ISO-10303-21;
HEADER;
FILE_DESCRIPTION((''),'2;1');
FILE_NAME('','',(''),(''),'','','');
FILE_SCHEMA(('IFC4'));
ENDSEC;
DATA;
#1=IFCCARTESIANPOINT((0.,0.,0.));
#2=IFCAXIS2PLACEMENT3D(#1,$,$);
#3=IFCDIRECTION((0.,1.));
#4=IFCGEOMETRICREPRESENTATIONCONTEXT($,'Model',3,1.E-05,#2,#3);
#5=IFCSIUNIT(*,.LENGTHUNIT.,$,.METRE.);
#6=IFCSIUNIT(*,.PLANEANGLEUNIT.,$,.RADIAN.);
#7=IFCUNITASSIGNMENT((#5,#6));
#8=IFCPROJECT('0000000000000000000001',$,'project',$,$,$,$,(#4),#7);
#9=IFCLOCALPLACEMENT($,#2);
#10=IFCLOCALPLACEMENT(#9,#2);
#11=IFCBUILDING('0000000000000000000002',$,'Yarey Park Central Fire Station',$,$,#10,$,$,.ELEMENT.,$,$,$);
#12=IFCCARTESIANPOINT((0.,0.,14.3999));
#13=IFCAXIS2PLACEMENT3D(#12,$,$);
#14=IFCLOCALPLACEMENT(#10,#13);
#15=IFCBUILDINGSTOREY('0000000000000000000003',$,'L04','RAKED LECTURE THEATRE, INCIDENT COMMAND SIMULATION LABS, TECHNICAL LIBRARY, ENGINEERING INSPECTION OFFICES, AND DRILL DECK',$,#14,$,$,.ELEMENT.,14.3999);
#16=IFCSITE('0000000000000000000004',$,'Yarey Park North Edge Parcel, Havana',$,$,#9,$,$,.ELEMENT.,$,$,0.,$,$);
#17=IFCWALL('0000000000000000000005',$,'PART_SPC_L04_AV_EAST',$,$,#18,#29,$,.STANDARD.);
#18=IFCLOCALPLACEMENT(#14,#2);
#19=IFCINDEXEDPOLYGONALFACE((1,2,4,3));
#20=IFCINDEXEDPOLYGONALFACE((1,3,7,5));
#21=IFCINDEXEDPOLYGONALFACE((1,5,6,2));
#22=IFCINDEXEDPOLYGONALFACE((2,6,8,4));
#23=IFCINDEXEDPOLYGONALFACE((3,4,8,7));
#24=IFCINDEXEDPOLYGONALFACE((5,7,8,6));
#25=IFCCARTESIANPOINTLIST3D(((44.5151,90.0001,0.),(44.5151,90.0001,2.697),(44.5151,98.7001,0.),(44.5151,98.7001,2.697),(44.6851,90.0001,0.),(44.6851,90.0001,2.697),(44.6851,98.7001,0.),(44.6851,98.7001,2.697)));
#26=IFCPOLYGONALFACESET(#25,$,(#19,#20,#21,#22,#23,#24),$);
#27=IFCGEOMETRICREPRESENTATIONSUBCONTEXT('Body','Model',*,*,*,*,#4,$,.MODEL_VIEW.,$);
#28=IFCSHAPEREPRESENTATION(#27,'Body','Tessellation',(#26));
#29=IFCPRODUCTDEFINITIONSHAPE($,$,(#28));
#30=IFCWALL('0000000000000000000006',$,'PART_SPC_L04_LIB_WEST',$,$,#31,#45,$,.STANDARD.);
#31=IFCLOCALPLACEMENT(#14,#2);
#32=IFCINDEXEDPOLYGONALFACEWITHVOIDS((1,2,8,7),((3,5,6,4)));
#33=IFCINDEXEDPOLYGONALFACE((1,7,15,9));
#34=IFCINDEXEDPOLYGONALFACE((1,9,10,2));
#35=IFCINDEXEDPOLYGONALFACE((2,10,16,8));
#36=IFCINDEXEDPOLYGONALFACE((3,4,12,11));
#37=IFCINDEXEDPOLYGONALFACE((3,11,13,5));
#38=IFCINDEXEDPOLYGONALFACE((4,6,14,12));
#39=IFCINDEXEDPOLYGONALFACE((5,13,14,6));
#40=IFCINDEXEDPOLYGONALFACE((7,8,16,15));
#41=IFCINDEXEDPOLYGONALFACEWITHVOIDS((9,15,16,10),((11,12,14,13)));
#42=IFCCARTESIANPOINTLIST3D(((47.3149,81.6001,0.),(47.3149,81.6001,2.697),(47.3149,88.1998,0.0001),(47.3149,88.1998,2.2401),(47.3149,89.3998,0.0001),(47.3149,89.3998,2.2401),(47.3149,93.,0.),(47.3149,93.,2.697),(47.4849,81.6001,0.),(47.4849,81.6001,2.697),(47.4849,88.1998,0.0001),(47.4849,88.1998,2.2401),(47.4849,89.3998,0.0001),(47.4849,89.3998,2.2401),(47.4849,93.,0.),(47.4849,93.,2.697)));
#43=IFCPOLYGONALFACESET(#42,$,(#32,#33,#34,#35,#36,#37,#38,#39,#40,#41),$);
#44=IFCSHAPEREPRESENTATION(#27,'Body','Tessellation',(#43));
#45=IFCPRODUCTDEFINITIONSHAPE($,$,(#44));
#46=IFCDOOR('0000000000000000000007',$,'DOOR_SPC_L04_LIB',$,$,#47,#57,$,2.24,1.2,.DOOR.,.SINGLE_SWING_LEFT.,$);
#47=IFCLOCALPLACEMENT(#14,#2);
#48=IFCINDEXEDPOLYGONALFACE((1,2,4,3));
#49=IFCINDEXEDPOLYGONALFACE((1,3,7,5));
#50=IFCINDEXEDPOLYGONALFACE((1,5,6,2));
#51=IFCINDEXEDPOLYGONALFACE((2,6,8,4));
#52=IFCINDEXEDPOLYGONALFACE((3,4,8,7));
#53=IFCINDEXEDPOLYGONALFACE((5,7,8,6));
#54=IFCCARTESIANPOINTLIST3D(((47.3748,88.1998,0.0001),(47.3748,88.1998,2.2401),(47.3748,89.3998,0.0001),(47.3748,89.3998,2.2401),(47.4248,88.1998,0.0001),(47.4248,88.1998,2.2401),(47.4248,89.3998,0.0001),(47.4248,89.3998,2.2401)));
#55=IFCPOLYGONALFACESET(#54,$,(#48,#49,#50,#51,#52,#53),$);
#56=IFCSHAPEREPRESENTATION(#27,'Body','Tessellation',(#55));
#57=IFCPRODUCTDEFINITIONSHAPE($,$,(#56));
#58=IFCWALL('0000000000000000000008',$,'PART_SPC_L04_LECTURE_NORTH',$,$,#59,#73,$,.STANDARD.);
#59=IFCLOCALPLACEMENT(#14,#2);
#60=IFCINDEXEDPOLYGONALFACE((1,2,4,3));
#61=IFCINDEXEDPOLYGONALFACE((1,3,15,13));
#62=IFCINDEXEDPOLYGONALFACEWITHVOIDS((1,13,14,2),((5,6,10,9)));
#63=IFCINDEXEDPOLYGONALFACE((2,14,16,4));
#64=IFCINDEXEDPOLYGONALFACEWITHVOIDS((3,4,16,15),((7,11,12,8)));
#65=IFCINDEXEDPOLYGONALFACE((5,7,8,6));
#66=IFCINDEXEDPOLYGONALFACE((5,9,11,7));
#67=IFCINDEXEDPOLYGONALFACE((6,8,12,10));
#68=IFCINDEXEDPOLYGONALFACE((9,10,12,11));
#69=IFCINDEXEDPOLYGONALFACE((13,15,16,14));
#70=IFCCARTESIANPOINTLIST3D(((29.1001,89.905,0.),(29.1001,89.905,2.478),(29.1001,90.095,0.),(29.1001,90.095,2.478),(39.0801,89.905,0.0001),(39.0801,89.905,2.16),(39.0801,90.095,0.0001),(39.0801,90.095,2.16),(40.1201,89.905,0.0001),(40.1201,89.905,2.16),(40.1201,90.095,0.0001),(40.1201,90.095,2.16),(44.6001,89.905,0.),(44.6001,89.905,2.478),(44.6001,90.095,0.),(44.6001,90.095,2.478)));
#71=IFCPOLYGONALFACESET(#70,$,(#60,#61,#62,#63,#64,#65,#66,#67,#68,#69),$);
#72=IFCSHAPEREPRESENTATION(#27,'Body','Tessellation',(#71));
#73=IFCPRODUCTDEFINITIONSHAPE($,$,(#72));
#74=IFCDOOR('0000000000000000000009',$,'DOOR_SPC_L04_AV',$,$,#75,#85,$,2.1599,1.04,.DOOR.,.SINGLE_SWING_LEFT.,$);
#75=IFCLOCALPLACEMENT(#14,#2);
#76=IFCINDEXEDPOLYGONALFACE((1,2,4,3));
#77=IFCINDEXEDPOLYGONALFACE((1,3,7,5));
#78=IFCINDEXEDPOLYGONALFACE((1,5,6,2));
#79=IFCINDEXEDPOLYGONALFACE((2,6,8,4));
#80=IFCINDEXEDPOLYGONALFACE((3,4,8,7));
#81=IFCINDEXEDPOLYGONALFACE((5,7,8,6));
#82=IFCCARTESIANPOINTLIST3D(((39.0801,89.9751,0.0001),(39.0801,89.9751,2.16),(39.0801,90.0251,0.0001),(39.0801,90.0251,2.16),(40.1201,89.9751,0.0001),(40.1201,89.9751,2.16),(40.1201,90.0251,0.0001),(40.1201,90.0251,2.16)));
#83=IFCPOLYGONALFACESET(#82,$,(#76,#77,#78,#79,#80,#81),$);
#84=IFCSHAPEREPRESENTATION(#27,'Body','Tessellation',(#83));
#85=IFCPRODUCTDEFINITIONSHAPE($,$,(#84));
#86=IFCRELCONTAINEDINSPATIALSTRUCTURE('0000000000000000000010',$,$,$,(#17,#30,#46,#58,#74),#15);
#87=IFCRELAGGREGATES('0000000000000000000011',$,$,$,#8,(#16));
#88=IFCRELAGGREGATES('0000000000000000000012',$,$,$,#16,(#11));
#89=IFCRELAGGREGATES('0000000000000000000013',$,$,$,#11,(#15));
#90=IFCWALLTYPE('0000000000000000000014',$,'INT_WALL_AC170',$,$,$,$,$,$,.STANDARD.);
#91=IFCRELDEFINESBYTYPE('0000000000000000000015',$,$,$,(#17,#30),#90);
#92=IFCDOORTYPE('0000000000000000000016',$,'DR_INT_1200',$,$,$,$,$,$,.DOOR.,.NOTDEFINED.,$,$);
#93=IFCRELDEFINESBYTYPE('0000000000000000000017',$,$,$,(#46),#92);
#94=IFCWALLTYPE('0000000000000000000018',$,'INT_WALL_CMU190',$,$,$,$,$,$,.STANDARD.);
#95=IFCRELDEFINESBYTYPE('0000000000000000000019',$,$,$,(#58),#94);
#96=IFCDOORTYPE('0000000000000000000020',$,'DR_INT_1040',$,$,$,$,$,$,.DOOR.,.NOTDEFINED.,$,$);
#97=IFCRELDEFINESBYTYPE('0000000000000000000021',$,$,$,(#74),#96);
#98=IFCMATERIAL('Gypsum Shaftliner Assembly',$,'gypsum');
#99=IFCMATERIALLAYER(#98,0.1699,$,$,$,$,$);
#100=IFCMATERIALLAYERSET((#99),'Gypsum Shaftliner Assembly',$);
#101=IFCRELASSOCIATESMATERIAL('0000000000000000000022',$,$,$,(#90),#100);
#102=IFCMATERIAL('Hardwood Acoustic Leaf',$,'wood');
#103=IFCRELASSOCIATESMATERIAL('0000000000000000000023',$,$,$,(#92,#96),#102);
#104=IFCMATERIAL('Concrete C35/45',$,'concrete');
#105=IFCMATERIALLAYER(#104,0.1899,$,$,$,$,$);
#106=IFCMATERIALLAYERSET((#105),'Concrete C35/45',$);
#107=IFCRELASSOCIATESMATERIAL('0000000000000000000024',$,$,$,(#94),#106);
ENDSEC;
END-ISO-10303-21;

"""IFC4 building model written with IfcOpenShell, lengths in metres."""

from ifc_helpers import new_model, si_unit, direction, frame, frame_2d, origin, place, context, subcontext, project, spatial, rectangle, extrude, material, layer, layer_set, type_object, element, fill, save


model = new_model("IFC4")

# Units and contexts
model_context = context("Model", 3, precision=1e-05, world=origin(), true_north=direction((0.0, 1.0)))
body_context = subcontext(model_context, "Body", "Model", "MODEL_VIEW")
ifc_project = project(units=[si_unit("LENGTHUNIT", "METRE"), si_unit("PLANEANGLEUNIT", "RADIAN")], contexts=[model_context])

# Site, building, storey
site_placement = place(None, origin())
site = spatial("IfcSite", under=ifc_project, at=site_placement, Name="Yarey Park North Edge Parcel, Havana", CompositionType="ELEMENT", RefElevation=0.0)
building_placement = place(site_placement, origin())
building = spatial("IfcBuilding", under=site, at=building_placement, Name="Yarey Park Central Fire Station", CompositionType="ELEMENT")
storey_placement = place(building_placement, frame((0.0, 0.0, 14.3999)))
storey = spatial("IfcBuildingStorey", under=building, at=storey_placement, Name="L04", Description="RAKED LECTURE THEATRE, INCIDENT COMMAND SIMULATION LABS, TECHNICAL LIBRARY, ENGINEERING INSPECTION OFFICES, AND DRILL DECK", CompositionType="ELEMENT", Elevation=14.3999)

# Wall
ifc_material_1 = material(Name="Gypsum Shaftliner Assembly", Category="gypsum")
ifc_layer_1 = layer(ifc_material_1, 0.1699)
ifc_layer_set_1 = layer_set([ifc_layer_1], Name="Gypsum Shaftliner Assembly")
wall_type_1 = type_object("IfcWallType", Name="INT_WALL_AC170", PredefinedType="STANDARD", material=ifc_layer_set_1)
wall_1_placement = place(storey_placement, frame((44.6001, 90.0, 0.0), z_axis=(0.0, 0.0, 1.0), x_axis=(0.0, 1.0, 0.0)))
element("IfcWall", 1, at=wall_1_placement, inside=storey, type_object=wall_type_1, Name="PART_SPC_L04_AV_EAST", PredefinedType="STANDARD", context=body_context, shape_type="SweptSolid", body=[
    extrude(rectangle(XDim=8.7, YDim=0.1699, at=frame_2d((4.3501, 0.0))), origin(), (0.0, 0.0, 1.0), 2.697),
])

# Walls, openings, doors
wall_2_placement = place(storey_placement, frame((47.3999, 93.0, 0.0), z_axis=(0.0, 0.0, 1.0), x_axis=(0.0, -1.0, 0.0)))
wall_2 = element("IfcWall", 2, at=wall_2_placement, inside=storey, type_object=wall_type_1, Name="PART_SPC_L04_LIB_WEST", PredefinedType="STANDARD", context=body_context, shape_type="SweptSolid", body=[
    extrude(rectangle(XDim=11.3999, YDim=0.1699, at=frame_2d((5.7, 0.0))), origin(), (0.0, 0.0, 1.0), 2.697),
])
opening_1_placement = place(wall_2_placement, frame((3.6001, 0.0, 0.0)))
opening_1 = element("IfcOpeningElement", 3, at=opening_1_placement, cuts=wall_2, PredefinedType="OPENING", context=body_context, shape_type="SweptSolid", body=[
    extrude(rectangle(XDim=1.2, YDim=2.24, at=frame_2d((0.6001, 1.1201))), frame((0.0, 0.095, 0.0), z_axis=(0.0, -1.0, 0.0), x_axis=(1.0, 0.0, 0.0)), (0.0, 0.0, 1.0), 0.1899),
])
ifc_material_2 = material(Name="Hardwood Acoustic Leaf", Category="wood")
door_type_1 = type_object("IfcDoorType", Name="DR_INT_1200", OperationType="NOTDEFINED", PredefinedType="DOOR", material=ifc_material_2)
door_1_placement = place(opening_1_placement, origin())
door_1 = element("IfcDoor", 4, at=door_1_placement, inside=storey, type_object=door_type_1, Name="DOOR_SPC_L04_LIB", OperationType="SINGLE_SWING_LEFT", OverallHeight=2.24, OverallWidth=1.2, PredefinedType="DOOR", context=body_context, shape_type="SweptSolid", body=[
    extrude(rectangle(XDim=1.2, YDim=2.24, at=frame_2d((0.6001, 1.1201))), frame((0.0, 0.0249, 0.0), z_axis=(0.0, -1.0, 0.0), x_axis=(1.0, 0.0, 0.0)), (0.0, 0.0, 1.0), 0.05),
])
fill(opening_1, door_1)
ifc_material_3 = material(Name="Concrete C35/45", Category="concrete")
ifc_layer_2 = layer(ifc_material_3, 0.1899)
ifc_layer_set_2 = layer_set([ifc_layer_2], Name="Concrete C35/45")
wall_type_2 = type_object("IfcWallType", Name="INT_WALL_CMU190", PredefinedType="STANDARD", material=ifc_layer_set_2)
wall_3_placement = place(storey_placement, frame((44.6001, 90.0, 0.0), z_axis=(0.0, 0.0, 1.0), x_axis=(-1.0, 0.0, 0.0)))
wall_3 = element("IfcWall", 5, at=wall_3_placement, inside=storey, type_object=wall_type_2, Name="PART_SPC_L04_LECTURE_NORTH", PredefinedType="STANDARD", context=body_context, shape_type="SweptSolid", body=[
    extrude(rectangle(XDim=15.5, YDim=0.1899, at=frame_2d((7.75, 0.0))), origin(), (0.0, 0.0, 1.0), 2.478),
])
opening_2_placement = place(wall_3_placement, frame((4.48, 0.0, 0.0)))
opening_2 = element("IfcOpeningElement", 6, at=opening_2_placement, cuts=wall_3, PredefinedType="OPENING", context=body_context, shape_type="SweptSolid", body=[
    extrude(rectangle(XDim=1.04, YDim=2.1599, at=frame_2d((0.52, 1.0801))), frame((0.0, 0.105, 0.0), z_axis=(0.0, -1.0, 0.0), x_axis=(1.0, 0.0, 0.0)), (0.0, 0.0, 1.0), 0.21),
])
door_type_2 = type_object("IfcDoorType", Name="DR_INT_1040", OperationType="NOTDEFINED", PredefinedType="DOOR", material=ifc_material_2)
door_2_placement = place(opening_2_placement, origin())
door_2 = element("IfcDoor", 7, at=door_2_placement, inside=storey, type_object=door_type_2, Name="DOOR_SPC_L04_AV", OperationType="SINGLE_SWING_LEFT", OverallHeight=2.1599, OverallWidth=1.04, PredefinedType="DOOR", context=body_context, shape_type="SweptSolid", body=[
    extrude(rectangle(XDim=1.04, YDim=2.1599, at=frame_2d((0.52, 1.0801))), frame((0.0, 0.0249, 0.0), z_axis=(0.0, -1.0, 0.0), x_axis=(1.0, 0.0, 0.0)), (0.0, 0.0, 1.0), 0.05),
])
fill(opening_2, door_2)

save(model, "model.ifc")
